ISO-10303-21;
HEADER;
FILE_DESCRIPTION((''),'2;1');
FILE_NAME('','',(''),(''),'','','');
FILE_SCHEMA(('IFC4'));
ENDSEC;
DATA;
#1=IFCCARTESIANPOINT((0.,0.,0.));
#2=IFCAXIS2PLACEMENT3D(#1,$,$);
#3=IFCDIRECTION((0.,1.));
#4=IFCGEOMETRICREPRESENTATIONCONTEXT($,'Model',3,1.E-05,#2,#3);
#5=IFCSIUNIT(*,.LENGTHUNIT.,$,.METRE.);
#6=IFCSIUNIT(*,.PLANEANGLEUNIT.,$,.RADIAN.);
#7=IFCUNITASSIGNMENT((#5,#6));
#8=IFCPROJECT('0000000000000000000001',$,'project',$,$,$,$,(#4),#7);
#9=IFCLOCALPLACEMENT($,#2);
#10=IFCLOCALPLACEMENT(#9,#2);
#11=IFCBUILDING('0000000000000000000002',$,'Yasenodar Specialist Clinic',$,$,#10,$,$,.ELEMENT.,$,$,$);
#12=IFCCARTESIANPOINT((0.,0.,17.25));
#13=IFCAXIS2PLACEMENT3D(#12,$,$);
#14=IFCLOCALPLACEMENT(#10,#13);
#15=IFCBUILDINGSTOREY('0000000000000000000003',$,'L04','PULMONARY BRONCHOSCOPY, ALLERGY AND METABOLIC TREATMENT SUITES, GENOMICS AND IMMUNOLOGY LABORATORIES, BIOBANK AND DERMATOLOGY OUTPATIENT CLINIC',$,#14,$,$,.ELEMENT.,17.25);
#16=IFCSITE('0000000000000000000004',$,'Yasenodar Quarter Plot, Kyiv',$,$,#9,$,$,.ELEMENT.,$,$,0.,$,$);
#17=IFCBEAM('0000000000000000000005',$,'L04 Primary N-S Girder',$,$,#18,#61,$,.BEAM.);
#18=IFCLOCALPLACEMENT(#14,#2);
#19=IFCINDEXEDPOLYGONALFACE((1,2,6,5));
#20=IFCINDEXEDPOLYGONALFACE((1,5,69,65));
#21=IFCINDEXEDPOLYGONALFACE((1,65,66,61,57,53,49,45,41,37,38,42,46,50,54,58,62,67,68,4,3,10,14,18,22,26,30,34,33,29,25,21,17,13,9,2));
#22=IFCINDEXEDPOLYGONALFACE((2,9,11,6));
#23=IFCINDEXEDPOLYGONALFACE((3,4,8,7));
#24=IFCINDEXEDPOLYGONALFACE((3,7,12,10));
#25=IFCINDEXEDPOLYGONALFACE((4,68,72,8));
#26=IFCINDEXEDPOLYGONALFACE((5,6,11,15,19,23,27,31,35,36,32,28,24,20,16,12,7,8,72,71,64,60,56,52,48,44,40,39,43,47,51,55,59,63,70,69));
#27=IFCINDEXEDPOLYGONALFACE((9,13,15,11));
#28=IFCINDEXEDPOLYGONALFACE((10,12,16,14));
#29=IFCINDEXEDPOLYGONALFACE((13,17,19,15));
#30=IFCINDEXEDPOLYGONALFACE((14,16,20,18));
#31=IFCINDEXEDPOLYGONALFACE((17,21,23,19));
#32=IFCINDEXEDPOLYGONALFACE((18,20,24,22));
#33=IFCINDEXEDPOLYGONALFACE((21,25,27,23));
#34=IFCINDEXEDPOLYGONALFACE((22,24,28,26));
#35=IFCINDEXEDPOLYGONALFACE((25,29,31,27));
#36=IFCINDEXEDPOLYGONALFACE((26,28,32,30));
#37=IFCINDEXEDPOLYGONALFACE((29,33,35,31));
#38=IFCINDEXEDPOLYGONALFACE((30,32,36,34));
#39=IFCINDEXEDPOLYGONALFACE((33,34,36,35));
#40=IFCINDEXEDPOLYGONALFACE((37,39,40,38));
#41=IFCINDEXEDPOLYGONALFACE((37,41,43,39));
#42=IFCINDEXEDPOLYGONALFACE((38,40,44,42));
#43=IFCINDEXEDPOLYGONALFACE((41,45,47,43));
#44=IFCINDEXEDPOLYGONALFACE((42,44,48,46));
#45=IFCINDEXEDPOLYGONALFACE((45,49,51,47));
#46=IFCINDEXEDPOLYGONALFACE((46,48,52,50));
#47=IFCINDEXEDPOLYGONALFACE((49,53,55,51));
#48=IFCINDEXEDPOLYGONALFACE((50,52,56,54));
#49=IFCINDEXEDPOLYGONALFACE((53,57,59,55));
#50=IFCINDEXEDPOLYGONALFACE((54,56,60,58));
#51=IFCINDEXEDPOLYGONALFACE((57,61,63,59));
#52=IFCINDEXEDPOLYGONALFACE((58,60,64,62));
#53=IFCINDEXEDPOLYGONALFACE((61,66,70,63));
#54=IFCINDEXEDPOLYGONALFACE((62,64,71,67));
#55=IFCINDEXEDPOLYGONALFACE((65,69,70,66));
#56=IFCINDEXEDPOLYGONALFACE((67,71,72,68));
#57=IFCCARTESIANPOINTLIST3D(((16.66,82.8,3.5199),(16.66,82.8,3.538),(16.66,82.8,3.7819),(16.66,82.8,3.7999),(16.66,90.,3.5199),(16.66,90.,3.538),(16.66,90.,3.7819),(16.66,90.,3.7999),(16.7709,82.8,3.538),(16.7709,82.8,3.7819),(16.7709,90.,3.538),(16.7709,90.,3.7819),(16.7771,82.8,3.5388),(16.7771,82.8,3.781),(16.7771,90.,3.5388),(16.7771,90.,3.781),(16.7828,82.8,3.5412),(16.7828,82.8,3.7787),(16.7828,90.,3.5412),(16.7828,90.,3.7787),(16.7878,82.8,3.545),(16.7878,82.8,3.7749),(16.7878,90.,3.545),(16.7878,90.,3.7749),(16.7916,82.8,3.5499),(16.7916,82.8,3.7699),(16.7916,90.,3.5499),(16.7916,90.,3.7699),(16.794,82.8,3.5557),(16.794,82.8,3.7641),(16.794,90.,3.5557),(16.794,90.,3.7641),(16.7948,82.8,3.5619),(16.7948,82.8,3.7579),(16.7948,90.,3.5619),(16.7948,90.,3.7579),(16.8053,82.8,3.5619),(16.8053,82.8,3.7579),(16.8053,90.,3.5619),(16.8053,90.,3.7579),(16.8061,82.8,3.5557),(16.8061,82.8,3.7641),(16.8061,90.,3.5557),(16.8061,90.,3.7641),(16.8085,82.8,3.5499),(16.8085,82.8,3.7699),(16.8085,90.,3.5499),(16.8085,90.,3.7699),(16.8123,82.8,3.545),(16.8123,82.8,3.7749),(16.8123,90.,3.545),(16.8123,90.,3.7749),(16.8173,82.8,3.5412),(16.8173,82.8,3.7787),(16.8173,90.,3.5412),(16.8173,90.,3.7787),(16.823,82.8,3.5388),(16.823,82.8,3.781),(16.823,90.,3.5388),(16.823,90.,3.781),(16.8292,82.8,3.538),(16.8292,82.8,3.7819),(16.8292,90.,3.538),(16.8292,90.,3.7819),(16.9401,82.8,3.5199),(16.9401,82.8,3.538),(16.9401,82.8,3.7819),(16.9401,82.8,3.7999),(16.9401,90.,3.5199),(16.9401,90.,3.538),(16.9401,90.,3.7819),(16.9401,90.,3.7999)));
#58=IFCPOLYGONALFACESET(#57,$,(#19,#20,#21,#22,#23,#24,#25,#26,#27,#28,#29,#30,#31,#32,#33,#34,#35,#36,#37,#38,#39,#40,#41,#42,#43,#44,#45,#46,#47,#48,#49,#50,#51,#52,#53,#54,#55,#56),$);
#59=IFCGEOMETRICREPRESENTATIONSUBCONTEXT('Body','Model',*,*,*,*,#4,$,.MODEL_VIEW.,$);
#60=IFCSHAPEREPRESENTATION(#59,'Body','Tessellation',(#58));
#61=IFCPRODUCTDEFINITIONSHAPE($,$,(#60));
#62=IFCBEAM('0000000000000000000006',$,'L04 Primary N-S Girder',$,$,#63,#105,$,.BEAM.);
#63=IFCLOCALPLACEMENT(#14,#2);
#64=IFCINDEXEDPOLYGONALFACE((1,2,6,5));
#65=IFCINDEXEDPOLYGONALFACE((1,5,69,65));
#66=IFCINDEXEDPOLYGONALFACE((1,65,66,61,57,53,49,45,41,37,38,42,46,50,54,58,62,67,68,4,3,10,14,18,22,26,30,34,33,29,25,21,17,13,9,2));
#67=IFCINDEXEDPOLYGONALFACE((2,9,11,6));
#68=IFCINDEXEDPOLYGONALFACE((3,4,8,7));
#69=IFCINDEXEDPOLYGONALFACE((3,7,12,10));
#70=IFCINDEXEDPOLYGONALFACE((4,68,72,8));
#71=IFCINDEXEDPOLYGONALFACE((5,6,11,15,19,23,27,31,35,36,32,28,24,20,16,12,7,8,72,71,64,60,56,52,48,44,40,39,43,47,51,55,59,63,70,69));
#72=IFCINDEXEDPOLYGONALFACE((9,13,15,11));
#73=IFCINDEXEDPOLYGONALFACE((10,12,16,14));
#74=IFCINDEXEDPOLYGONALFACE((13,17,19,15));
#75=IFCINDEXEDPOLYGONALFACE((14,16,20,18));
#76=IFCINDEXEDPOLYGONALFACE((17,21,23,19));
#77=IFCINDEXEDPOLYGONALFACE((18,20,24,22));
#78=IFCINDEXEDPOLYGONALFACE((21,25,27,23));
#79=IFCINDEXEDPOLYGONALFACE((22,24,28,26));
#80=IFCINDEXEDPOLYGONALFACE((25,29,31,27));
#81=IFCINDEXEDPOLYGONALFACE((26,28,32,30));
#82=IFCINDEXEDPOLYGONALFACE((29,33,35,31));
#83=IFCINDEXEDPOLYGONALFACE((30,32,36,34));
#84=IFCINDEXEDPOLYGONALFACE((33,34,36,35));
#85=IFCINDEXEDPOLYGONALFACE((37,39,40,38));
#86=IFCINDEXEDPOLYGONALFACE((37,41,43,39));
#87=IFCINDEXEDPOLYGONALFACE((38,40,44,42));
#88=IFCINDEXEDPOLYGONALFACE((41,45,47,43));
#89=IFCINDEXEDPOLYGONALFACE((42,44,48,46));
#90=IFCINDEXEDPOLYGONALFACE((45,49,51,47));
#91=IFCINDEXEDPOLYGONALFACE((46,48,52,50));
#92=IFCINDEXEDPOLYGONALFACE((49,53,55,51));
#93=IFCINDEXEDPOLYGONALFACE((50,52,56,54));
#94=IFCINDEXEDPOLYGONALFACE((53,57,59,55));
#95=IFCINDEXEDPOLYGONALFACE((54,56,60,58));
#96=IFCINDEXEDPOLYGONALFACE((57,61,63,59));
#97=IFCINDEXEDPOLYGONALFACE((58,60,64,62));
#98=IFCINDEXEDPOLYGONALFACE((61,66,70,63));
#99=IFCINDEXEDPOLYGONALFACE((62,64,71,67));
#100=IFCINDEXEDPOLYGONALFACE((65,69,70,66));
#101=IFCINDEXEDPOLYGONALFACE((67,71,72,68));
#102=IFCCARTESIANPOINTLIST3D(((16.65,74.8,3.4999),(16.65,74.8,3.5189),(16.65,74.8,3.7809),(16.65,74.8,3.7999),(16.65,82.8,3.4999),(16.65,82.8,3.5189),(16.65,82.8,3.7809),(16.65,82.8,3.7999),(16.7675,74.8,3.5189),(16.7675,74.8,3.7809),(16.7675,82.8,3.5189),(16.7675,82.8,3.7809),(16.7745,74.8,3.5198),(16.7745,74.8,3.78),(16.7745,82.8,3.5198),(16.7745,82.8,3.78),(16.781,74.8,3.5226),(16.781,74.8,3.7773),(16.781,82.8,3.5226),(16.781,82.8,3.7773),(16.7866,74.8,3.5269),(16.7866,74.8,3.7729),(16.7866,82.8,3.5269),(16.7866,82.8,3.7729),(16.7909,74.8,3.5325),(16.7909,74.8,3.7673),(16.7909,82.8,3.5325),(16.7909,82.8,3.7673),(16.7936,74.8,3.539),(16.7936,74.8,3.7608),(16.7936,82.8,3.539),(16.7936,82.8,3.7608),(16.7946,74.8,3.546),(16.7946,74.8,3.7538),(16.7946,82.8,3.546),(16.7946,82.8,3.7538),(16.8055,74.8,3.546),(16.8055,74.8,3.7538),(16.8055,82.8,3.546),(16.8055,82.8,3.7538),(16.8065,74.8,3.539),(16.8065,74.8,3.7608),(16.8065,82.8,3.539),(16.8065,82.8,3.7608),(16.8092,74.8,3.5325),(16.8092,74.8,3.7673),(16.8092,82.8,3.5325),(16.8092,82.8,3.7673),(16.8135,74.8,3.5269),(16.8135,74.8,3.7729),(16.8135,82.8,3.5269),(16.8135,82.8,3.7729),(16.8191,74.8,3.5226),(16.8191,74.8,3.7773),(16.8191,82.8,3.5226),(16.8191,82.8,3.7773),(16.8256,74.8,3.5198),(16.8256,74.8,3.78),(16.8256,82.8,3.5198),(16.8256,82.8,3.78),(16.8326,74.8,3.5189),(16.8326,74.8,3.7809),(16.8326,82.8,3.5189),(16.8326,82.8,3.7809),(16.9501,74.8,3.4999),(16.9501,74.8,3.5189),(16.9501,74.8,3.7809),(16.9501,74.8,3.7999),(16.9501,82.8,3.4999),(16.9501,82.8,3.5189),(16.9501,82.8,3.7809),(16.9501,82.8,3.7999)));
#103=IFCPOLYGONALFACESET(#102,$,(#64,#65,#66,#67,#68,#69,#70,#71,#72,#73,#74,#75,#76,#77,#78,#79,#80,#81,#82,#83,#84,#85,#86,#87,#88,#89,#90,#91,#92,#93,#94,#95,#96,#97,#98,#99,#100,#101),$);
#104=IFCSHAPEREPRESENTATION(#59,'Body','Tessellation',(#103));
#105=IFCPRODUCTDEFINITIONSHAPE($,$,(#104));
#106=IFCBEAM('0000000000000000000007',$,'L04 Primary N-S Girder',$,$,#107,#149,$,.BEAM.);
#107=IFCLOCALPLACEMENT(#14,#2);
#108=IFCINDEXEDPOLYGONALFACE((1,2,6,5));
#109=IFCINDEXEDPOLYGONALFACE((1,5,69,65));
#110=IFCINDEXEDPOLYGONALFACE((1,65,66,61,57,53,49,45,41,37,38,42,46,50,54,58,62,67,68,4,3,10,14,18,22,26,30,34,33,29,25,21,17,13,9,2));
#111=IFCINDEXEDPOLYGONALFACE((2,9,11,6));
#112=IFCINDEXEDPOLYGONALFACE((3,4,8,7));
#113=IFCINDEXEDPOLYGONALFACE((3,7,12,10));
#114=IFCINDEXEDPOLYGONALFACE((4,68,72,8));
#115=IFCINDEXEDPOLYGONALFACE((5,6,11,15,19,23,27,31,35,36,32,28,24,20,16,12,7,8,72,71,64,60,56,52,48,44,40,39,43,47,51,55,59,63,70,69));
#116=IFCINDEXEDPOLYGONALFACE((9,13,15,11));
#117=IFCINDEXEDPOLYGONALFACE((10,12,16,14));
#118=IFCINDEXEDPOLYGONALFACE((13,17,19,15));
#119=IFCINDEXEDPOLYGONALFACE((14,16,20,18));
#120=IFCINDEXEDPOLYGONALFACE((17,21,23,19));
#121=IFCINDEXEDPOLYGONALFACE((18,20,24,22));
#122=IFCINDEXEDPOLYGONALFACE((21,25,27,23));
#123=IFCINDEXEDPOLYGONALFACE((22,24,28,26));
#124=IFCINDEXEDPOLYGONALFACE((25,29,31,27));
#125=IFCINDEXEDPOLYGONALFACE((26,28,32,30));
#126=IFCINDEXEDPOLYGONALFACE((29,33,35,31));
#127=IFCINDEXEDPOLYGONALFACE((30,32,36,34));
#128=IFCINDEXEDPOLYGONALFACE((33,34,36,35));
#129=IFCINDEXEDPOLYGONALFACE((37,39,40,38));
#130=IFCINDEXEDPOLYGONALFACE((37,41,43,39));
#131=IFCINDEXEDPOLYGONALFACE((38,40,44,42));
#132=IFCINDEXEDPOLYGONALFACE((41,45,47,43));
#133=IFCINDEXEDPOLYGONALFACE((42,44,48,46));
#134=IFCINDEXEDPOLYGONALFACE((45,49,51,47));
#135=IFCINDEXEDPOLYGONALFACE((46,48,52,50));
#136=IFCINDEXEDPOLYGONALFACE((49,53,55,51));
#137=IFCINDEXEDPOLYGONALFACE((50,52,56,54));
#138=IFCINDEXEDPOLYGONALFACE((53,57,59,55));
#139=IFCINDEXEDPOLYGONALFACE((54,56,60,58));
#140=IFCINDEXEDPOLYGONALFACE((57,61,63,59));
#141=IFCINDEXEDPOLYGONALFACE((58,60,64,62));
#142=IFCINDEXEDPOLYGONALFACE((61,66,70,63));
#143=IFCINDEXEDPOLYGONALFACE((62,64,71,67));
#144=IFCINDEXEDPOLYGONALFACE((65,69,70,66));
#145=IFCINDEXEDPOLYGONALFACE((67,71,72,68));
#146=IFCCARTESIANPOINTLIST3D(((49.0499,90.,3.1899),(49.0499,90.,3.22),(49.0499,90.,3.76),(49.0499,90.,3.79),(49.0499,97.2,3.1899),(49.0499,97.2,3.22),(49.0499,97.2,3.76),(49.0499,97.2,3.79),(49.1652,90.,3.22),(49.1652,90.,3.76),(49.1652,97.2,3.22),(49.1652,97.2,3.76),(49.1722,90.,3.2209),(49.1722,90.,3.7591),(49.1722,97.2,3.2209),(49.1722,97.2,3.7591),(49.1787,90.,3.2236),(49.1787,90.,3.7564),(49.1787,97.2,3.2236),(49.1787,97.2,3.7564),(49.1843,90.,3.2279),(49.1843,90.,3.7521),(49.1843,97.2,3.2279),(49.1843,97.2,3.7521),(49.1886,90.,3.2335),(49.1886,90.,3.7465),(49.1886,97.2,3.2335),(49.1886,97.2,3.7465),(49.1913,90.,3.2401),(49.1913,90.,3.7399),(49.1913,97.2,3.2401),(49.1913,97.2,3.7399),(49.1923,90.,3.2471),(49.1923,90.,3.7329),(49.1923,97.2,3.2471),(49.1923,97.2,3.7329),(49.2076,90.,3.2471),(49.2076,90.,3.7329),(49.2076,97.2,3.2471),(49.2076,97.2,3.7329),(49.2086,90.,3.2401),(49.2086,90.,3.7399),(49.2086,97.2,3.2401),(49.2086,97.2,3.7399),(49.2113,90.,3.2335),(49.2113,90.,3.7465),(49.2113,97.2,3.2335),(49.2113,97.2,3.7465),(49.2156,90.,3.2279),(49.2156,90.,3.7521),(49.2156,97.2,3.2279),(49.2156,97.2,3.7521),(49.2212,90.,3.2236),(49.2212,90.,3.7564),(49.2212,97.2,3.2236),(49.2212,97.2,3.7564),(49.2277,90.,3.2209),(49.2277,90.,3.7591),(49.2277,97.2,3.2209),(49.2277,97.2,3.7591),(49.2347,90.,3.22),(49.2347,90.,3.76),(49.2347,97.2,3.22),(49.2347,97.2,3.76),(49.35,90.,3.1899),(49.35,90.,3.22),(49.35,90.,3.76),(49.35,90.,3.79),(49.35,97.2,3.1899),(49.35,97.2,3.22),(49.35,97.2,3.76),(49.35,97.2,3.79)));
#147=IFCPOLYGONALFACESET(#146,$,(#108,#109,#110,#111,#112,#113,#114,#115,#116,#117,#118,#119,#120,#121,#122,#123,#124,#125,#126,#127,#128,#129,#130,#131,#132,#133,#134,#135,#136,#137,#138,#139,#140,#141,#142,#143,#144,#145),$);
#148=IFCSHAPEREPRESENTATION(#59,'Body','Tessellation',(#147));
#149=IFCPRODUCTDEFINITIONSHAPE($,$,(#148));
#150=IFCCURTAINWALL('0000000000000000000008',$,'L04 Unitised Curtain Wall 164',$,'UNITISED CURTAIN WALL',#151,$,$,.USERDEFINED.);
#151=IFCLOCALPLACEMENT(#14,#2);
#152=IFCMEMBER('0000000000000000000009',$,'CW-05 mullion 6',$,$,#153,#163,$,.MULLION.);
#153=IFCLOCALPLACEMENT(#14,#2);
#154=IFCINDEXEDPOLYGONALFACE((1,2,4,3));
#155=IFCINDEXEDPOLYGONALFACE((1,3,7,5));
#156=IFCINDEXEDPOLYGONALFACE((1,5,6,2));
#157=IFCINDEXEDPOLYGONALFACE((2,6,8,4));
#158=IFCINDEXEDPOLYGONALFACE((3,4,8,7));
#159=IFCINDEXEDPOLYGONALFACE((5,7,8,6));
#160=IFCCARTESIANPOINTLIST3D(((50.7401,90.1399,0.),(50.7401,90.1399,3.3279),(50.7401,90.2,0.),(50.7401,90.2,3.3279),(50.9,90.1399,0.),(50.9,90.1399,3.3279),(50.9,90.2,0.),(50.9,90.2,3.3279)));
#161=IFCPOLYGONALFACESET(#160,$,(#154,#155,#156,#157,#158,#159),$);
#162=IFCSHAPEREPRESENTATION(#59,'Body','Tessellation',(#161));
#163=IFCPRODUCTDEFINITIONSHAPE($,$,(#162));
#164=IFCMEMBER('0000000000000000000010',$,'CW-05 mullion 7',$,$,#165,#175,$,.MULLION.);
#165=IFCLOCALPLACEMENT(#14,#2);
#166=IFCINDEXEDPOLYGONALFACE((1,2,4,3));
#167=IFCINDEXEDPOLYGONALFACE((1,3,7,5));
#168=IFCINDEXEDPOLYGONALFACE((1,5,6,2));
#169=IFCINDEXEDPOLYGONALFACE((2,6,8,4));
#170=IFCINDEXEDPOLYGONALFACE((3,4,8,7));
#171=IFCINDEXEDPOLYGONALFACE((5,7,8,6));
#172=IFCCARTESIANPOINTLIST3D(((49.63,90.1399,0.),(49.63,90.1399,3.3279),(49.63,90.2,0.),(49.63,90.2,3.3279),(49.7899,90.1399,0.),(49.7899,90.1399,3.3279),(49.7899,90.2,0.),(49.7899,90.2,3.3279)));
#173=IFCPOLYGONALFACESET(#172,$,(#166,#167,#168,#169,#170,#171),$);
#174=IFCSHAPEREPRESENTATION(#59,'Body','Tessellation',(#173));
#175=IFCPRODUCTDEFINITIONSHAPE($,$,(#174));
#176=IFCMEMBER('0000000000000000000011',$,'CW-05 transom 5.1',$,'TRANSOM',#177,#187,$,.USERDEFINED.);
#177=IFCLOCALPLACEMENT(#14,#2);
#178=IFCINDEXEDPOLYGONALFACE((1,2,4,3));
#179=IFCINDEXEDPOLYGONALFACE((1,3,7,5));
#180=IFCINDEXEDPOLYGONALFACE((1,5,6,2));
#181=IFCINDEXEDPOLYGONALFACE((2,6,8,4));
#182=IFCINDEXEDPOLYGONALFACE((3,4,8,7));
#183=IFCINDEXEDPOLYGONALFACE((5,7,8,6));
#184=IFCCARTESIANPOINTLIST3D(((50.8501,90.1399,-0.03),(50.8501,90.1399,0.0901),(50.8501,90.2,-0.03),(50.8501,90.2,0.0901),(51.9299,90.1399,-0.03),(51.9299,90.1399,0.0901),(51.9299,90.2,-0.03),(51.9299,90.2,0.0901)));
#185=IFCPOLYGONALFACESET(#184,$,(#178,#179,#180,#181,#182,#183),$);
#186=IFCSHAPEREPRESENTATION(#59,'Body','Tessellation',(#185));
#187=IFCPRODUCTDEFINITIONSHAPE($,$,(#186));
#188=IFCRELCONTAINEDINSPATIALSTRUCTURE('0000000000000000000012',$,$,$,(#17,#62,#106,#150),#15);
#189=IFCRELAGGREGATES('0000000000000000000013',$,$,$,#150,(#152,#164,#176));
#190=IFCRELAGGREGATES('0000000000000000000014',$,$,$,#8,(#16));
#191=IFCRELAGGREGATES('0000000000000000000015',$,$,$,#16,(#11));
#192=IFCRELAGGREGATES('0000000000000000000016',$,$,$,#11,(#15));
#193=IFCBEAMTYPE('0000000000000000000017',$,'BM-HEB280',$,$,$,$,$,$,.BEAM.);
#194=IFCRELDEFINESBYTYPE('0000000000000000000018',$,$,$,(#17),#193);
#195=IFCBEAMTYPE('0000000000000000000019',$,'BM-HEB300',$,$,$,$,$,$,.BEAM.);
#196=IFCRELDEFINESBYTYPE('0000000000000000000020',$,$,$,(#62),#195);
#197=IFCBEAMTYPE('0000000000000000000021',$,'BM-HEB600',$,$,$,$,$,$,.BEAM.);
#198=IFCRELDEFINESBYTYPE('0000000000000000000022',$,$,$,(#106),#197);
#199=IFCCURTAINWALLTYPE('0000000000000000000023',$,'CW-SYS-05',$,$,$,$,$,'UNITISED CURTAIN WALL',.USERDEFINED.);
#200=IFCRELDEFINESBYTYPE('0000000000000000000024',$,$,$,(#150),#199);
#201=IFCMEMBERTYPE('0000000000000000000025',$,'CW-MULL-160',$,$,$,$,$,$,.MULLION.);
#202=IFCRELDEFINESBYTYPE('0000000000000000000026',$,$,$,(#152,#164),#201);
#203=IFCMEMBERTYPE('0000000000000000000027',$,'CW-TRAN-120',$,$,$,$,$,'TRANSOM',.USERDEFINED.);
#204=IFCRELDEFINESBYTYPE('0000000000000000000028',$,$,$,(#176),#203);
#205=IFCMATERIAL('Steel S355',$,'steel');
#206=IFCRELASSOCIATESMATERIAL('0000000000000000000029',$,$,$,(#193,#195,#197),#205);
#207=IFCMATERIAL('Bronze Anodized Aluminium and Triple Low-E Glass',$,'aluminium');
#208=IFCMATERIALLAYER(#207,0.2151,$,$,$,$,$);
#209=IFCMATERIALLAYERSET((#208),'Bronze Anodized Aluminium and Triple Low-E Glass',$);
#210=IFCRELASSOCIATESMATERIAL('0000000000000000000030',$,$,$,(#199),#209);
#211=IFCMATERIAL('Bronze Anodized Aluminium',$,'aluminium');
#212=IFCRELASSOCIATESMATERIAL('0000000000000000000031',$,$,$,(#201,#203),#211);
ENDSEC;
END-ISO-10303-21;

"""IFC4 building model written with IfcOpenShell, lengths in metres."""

from ifc_helpers import new_model, si_unit, direction, frame, origin, origin_2d, place, context, subcontext, project, spatial, rectangle, i_section, extrude, material, layer, layer_set, material_profile, profile_set, type_object, element, aggregate, save


model = new_model("IFC4")

# Units and contexts
model_context = context("Model", 3, precision=1e-05, world=origin(), true_north=direction((0.0, 1.0)))
body_context = subcontext(model_context, "Body", "Model", "MODEL_VIEW")
ifc_project = project(units=[si_unit("LENGTHUNIT", "METRE"), si_unit("PLANEANGLEUNIT", "RADIAN")], contexts=[model_context])

# Site, building, storey
site_placement = place(None, origin())
site = spatial("IfcSite", under=ifc_project, at=site_placement, Name="Yasenodar Quarter Plot, Kyiv", CompositionType="ELEMENT", RefElevation=0.0)
building_placement = place(site_placement, origin())
building = spatial("IfcBuilding", under=site, at=building_placement, Name="Yasenodar Specialist Clinic", CompositionType="ELEMENT")
storey_placement = place(building_placement, frame((0.0, 0.0, 17.25)))
storey = spatial("IfcBuildingStorey", under=building, at=storey_placement, Name="L04", Description="PULMONARY BRONCHOSCOPY, ALLERGY AND METABOLIC TREATMENT SUITES, GENOMICS AND IMMUNOLOGY LABORATORIES, BIOBANK AND DERMATOLOGY OUTPATIENT CLINIC", CompositionType="ELEMENT", Elevation=17.25)

# Shared definitions
ifc_material_1 = material(Name="Steel S355", Category="steel")

# Beams
ifc_material_profile_1 = material_profile(ifc_material_1, i_section(OverallWidth=0.28, OverallDepth=0.28, WebThickness=0.0105, FlangeThickness=0.0181, FilletRadius=0.0239, at=origin_2d()), Name="HEB 280")
ifc_profile_set_1 = profile_set([ifc_material_profile_1], Name="Steel S355")
beam_type_1 = type_object("IfcBeamType", Name="BM-HEB280", PredefinedType="BEAM", material=ifc_profile_set_1)
beam_1_placement = place(storey_placement, frame((16.8, 82.8, 3.6599), z_axis=(0.0, 1.0, 0.0), x_axis=(-1.0, 0.0, 0.0)))
element("IfcBeam", 1, at=beam_1_placement, inside=storey, type_object=beam_type_1, Name="L04 Primary N-S Girder", PredefinedType="BEAM", context=body_context, shape_type="SweptSolid", body=[
    extrude(i_section(OverallWidth=0.28, OverallDepth=0.28, WebThickness=0.0105, FlangeThickness=0.0181, FilletRadius=0.0239, at=origin_2d()), origin(), (0.0, 0.0, 1.0), 7.2),
])
ifc_material_profile_2 = material_profile(ifc_material_1, i_section(OverallWidth=0.3, OverallDepth=0.3, WebThickness=0.011, FlangeThickness=0.019, FilletRadius=0.0271, at=origin_2d()), Name="HEB 300")
ifc_profile_set_2 = profile_set([ifc_material_profile_2], Name="Steel S355")
beam_type_2 = type_object("IfcBeamType", Name="BM-HEB300", PredefinedType="BEAM", material=ifc_profile_set_2)
beam_2_placement = place(storey_placement, frame((16.8, 74.8, 3.6499), z_axis=(0.0, 1.0, 0.0), x_axis=(-1.0, 0.0, 0.0)))
element("IfcBeam", 2, at=beam_2_placement, inside=storey, type_object=beam_type_2, Name="L04 Primary N-S Girder", PredefinedType="BEAM", context=body_context, shape_type="SweptSolid", body=[
    extrude(i_section(OverallWidth=0.3, OverallDepth=0.3, WebThickness=0.011, FlangeThickness=0.019, FilletRadius=0.0271, at=origin_2d()), origin(), (0.0, 0.0, 1.0), 8.0),
])
ifc_material_profile_3 = material_profile(ifc_material_1, i_section(OverallWidth=0.3, OverallDepth=0.6001, WebThickness=0.0154, FlangeThickness=0.03, FilletRadius=0.0271, at=origin_2d()), Name="HEB 600")
ifc_profile_set_3 = profile_set([ifc_material_profile_3], Name="Steel S355")
beam_type_3 = type_object("IfcBeamType", Name="BM-HEB600", PredefinedType="BEAM", material=ifc_profile_set_3)
beam_3_placement = place(storey_placement, frame((49.2, 90.0, 3.49), z_axis=(0.0, 1.0, 0.0), x_axis=(-1.0, 0.0, 0.0)))
element("IfcBeam", 3, at=beam_3_placement, inside=storey, type_object=beam_type_3, Name="L04 Primary N-S Girder", PredefinedType="BEAM", context=body_context, shape_type="SweptSolid", body=[
    extrude(i_section(OverallWidth=0.3, OverallDepth=0.6001, WebThickness=0.0154, FlangeThickness=0.03, FilletRadius=0.0271, at=origin_2d()), origin(), (0.0, 0.0, 1.0), 7.2),
])

# Curtain wall, members
ifc_material_2 = material(Name="Bronze Anodized Aluminium and Triple Low-E Glass", Category="aluminium")
ifc_layer_1 = layer(ifc_material_2, 0.2151)
ifc_layer_set_1 = layer_set([ifc_layer_1], Name="Bronze Anodized Aluminium and Triple Low-E Glass")
curtain_wall_type = type_object("IfcCurtainWallType", Name="CW-SYS-05", ElementType="UNITISED CURTAIN WALL", PredefinedType="USERDEFINED", material=ifc_layer_set_1)
curtain_wall_placement = place(storey_placement, origin())
curtain_wall = element("IfcCurtainWall", 4, at=curtain_wall_placement, inside=storey, type_object=curtain_wall_type, Name="L04 Unitised Curtain Wall 164", ObjectType="UNITISED CURTAIN WALL", PredefinedType="USERDEFINED")
ifc_material_3 = material(Name="Bronze Anodized Aluminium", Category="aluminium")
ifc_material_profile_4 = material_profile(ifc_material_3, rectangle(XDim=0.0601, YDim=0.1599, at=origin_2d()), Name="CW-MULL 60x160")
ifc_profile_set_4 = profile_set([ifc_material_profile_4], Name="Bronze Anodized Aluminium")
member_type_1 = type_object("IfcMemberType", Name="CW-MULL-160", PredefinedType="MULLION", material=ifc_profile_set_4)
member_1_placement = place(storey_placement, frame((50.8201, 90.1699, 0.0), z_axis=(0.0, 0.0, 1.0), x_axis=(0.0, -1.0, 0.0)))
member_1 = element("IfcMember", 5, at=member_1_placement, type_object=member_type_1, Name="CW-05 mullion 6", PredefinedType="MULLION", context=body_context, shape_type="SweptSolid", body=[
    extrude(rectangle(XDim=0.0601, YDim=0.1599, at=origin_2d()), origin(), (0.0, 0.0, 1.0), 3.3279),
])
member_2_placement = place(storey_placement, frame((49.71, 90.1699, 0.0), z_axis=(0.0, 0.0, 1.0), x_axis=(0.0, -1.0, 0.0)))
member_2 = element("IfcMember", 6, at=member_2_placement, type_object=member_type_1, Name="CW-05 mullion 7", PredefinedType="MULLION", context=body_context, shape_type="SweptSolid", body=[
    extrude(rectangle(XDim=0.0601, YDim=0.1599, at=origin_2d()), origin(), (0.0, 0.0, 1.0), 3.3279),
])
ifc_material_profile_5 = material_profile(ifc_material_3, rectangle(XDim=0.0601, YDim=0.1201, at=origin_2d()), Name="CW-TRAN 60x120")
ifc_profile_set_5 = profile_set([ifc_material_profile_5], Name="Bronze Anodized Aluminium")
member_type_2 = type_object("IfcMemberType", Name="CW-TRAN-120", ElementType="TRANSOM", PredefinedType="USERDEFINED", material=ifc_profile_set_5)
member_3_placement = place(storey_placement, frame((51.9299, 90.1699, 0.03), z_axis=(-1.0, 0.0, 0.0), x_axis=(0.0, -1.0, 0.0)))
member_3 = element("IfcMember", 7, at=member_3_placement, type_object=member_type_2, Name="CW-05 transom 5.1", ObjectType="TRANSOM", PredefinedType="USERDEFINED", context=body_context, shape_type="SweptSolid", body=[
    extrude(rectangle(XDim=0.0601, YDim=0.1201, at=origin_2d()), origin(), (0.0, 0.0, 1.0), 1.0798),
])
aggregate(curtain_wall, [member_1, member_2, member_3])

save(model, "model.ifc")
